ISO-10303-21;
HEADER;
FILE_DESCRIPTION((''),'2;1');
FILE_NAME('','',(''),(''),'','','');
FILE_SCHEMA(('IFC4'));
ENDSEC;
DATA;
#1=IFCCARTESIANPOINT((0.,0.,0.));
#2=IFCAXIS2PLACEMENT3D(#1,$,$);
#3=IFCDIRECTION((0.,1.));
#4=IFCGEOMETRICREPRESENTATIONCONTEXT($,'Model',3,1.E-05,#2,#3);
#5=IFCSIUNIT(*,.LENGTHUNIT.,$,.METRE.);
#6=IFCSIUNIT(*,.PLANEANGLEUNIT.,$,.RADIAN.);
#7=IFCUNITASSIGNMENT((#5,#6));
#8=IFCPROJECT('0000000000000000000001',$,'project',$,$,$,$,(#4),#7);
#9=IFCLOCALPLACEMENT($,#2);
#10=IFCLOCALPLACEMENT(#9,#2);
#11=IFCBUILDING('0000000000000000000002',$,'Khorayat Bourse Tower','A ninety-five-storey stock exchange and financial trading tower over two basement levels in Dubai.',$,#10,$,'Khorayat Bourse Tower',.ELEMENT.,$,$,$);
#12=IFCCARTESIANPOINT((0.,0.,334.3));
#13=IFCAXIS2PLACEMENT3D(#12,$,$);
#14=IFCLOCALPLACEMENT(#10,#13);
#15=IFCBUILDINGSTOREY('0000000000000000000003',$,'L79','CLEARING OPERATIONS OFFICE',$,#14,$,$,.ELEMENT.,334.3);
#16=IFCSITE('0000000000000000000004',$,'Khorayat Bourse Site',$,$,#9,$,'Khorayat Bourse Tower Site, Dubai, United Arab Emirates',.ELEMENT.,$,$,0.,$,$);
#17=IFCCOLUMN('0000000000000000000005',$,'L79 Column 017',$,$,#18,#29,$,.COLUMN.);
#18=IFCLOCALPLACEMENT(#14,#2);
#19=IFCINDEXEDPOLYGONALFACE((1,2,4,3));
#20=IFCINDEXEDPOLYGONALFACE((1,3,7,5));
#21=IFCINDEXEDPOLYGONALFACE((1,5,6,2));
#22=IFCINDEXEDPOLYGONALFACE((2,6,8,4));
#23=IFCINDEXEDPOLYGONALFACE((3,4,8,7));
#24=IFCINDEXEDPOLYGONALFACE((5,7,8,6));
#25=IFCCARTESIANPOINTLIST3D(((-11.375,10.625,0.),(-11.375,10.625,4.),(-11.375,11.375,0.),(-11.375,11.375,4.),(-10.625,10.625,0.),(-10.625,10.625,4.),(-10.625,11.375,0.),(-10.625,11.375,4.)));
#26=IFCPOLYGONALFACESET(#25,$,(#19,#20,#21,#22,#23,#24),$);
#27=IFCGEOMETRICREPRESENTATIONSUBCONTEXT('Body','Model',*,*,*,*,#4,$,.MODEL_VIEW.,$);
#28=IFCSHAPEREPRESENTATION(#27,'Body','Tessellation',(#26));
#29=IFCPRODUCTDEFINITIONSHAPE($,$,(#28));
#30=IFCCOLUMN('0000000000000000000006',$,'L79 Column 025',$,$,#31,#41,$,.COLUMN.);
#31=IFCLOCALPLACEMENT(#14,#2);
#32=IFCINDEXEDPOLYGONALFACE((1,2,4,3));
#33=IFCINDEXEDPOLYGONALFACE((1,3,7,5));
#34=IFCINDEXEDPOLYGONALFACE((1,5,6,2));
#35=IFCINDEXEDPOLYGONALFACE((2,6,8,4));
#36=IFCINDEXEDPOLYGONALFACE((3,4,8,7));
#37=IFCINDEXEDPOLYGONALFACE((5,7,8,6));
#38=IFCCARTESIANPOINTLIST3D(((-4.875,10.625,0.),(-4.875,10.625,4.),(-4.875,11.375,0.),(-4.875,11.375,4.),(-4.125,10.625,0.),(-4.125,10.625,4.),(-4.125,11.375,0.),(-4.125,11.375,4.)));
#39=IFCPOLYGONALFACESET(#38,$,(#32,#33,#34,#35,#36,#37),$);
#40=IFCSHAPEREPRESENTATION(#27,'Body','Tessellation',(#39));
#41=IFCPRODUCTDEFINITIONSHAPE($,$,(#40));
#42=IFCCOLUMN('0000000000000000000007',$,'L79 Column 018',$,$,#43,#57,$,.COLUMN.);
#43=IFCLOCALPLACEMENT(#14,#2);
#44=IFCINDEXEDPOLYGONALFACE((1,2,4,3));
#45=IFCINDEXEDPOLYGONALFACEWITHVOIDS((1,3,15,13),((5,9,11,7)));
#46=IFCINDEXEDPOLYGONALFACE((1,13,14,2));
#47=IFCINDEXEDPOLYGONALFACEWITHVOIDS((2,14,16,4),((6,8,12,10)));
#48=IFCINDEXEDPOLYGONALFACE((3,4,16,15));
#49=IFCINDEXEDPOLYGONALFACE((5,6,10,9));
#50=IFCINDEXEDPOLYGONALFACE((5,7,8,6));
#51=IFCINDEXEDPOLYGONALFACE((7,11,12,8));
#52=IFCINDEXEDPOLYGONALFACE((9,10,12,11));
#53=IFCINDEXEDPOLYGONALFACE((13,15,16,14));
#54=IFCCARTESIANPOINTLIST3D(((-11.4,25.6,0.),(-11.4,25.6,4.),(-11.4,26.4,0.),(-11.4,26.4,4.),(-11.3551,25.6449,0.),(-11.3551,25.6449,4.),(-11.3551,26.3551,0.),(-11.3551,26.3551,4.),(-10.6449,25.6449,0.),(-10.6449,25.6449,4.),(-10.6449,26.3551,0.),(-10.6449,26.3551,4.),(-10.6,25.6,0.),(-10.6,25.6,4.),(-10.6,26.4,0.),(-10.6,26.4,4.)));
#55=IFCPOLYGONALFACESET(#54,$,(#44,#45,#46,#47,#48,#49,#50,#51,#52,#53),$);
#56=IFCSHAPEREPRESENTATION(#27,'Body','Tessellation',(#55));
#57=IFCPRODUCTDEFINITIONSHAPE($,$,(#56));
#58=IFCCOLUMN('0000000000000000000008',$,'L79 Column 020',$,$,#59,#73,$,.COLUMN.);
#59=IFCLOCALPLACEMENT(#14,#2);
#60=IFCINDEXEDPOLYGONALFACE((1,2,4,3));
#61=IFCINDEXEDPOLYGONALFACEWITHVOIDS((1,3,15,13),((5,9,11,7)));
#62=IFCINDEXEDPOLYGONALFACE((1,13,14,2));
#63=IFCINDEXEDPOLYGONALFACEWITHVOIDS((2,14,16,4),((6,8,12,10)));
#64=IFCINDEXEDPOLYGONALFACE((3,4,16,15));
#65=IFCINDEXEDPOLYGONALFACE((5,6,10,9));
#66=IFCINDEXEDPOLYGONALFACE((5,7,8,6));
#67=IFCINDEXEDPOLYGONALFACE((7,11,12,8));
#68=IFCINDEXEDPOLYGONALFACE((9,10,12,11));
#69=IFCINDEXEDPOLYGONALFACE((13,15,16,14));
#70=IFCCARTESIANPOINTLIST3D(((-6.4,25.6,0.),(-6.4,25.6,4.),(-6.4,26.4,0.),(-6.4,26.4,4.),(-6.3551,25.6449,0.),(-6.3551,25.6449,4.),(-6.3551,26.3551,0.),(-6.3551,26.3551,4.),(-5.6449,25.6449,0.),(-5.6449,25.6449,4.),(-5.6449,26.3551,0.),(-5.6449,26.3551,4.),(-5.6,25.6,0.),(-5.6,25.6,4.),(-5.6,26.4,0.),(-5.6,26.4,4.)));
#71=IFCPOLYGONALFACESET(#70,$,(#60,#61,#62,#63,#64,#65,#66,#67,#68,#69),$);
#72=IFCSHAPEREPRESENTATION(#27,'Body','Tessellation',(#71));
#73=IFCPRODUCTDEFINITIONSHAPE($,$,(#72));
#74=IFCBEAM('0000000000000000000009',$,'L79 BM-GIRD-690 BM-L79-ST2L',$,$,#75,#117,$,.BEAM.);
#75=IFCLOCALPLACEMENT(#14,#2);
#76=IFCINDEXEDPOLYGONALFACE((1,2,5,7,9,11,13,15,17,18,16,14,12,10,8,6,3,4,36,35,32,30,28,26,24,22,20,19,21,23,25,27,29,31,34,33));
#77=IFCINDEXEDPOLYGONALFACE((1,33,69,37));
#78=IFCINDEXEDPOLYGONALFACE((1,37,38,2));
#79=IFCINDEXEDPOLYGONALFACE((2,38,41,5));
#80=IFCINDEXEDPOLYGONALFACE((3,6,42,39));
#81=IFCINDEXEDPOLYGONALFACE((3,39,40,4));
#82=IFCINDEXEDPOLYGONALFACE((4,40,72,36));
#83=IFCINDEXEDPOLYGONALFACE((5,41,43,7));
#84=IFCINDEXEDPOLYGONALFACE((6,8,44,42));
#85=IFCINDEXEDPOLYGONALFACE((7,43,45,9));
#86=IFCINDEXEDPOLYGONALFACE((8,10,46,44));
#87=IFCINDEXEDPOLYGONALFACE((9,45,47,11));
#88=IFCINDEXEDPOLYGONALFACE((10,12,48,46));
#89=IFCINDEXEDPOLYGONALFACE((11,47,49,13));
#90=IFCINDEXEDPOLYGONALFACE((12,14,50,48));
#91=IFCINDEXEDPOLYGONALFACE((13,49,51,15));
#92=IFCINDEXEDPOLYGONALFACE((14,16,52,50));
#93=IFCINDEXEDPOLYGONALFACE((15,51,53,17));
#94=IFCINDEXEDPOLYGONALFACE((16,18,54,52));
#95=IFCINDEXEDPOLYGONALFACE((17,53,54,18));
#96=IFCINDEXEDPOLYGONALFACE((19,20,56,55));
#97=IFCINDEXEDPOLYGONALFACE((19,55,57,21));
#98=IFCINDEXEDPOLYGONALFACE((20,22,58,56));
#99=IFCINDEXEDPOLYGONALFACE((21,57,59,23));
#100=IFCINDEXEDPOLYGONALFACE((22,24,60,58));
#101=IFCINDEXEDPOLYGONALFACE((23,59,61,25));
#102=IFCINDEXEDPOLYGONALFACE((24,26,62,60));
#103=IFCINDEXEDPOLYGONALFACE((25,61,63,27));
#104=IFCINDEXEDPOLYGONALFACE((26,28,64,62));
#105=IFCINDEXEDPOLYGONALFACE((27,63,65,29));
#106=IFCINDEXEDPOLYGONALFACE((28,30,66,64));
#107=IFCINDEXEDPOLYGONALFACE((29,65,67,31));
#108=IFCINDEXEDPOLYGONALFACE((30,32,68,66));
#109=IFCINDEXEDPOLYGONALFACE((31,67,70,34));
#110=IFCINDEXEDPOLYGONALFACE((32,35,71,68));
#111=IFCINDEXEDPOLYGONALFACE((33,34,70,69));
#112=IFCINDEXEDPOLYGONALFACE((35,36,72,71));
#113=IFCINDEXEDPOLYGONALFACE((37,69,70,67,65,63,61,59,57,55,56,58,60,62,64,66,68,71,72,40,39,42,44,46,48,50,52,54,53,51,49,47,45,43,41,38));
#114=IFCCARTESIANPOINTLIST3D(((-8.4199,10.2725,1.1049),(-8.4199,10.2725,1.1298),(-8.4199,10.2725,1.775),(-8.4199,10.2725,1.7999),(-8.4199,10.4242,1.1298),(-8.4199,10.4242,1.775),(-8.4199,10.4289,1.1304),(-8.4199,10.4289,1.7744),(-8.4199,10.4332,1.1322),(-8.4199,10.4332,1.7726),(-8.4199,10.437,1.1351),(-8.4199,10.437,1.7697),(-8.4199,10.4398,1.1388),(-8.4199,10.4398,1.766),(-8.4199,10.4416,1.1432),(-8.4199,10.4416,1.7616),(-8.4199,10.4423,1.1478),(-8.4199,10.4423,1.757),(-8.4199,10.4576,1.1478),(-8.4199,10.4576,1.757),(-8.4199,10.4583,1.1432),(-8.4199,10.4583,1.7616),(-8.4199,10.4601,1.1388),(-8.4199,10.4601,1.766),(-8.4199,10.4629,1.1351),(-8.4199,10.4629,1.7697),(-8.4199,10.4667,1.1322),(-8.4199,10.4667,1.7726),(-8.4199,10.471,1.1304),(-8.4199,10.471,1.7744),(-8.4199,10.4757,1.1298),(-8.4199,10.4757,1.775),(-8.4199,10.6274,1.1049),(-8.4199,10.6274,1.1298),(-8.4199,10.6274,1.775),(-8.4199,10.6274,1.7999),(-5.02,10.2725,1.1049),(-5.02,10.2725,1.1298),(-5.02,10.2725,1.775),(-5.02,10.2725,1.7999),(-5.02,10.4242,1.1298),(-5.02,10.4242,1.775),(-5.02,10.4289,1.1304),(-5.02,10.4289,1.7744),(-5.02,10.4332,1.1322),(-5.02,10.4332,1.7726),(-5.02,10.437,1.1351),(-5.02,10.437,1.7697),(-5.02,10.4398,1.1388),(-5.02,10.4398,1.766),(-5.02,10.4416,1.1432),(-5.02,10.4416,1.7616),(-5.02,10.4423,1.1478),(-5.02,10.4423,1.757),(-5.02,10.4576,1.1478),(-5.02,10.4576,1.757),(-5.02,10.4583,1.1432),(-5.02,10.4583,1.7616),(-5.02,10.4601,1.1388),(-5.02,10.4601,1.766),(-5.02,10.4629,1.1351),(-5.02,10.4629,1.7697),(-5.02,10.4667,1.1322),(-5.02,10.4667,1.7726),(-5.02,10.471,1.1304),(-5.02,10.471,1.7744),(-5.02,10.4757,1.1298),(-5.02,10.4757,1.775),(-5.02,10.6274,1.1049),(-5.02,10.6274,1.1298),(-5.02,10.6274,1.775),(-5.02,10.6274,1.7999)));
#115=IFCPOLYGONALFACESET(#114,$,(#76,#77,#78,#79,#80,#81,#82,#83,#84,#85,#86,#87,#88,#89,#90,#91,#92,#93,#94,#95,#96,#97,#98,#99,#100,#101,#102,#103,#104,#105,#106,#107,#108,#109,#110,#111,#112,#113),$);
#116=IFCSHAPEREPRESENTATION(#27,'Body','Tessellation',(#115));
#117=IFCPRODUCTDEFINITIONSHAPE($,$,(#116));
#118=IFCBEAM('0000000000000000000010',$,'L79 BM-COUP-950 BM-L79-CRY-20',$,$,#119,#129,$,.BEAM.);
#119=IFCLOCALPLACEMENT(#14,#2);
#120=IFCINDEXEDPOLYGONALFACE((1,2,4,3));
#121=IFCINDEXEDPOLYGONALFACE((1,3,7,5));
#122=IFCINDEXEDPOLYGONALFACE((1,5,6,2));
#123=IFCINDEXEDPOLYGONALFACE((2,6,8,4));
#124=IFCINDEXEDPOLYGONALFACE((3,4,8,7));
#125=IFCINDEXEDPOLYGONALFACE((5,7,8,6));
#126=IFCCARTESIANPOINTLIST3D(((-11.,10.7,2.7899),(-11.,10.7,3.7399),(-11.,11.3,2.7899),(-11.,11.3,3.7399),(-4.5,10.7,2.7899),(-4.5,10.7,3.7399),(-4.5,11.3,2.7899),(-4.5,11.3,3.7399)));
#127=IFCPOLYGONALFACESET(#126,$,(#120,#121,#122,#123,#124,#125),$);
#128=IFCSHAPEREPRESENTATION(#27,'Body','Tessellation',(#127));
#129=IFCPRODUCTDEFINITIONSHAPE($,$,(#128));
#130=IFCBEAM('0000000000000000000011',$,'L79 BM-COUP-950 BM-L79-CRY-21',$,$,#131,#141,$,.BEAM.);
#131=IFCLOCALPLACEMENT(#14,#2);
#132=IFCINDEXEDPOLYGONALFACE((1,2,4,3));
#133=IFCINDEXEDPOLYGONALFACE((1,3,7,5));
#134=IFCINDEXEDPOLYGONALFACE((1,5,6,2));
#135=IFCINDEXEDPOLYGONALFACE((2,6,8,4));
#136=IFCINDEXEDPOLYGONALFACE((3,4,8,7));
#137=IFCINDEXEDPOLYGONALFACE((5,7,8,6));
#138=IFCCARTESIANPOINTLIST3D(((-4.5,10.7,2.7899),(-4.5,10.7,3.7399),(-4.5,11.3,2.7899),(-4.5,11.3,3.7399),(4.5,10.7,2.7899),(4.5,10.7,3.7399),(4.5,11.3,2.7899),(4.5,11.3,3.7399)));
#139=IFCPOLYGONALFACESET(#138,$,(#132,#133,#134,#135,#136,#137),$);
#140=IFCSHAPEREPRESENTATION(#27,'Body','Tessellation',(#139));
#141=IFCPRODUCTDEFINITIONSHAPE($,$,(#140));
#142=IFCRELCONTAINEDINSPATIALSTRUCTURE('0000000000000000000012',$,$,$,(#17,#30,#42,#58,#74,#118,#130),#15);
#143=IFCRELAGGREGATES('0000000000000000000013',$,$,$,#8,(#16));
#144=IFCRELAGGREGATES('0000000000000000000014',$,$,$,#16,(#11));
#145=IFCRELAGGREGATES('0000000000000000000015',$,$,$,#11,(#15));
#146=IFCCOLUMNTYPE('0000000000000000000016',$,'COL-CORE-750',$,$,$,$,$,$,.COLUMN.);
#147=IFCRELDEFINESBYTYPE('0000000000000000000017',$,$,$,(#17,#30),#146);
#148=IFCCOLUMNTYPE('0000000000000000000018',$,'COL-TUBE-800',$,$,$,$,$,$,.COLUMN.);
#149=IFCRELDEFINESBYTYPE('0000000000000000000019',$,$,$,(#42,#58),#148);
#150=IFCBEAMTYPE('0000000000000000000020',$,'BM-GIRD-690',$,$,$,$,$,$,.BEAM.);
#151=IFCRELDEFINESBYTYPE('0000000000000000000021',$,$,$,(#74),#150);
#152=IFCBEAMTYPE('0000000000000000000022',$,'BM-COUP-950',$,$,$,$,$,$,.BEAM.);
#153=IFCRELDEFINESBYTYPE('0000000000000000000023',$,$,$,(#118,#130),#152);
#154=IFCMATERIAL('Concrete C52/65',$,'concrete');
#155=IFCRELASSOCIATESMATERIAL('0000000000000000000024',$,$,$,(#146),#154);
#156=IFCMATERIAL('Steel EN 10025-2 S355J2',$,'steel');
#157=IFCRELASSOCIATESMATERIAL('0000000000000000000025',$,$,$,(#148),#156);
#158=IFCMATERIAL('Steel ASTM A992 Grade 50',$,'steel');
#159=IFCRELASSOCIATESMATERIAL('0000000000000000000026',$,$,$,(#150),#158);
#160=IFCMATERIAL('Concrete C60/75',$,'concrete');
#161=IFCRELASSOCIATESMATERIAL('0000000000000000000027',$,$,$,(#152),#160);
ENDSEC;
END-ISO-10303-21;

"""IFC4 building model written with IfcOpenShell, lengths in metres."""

from ifc_helpers import new_model, si_unit, direction, frame, origin, origin_2d, place, context, subcontext, project, spatial, rectangle, hollow_rectangle, i_section, extrude, source, transform, mapped, material, material_profile, profile_set, type_object, element, save


model = new_model("IFC4")

# Units and contexts
model_context = context("Model", 3, precision=1e-05, world=origin(), true_north=direction((0.0, 1.0)))
body_context = subcontext(model_context, "Body", "Model", "MODEL_VIEW")
ifc_project = project(units=[si_unit("LENGTHUNIT", "METRE"), si_unit("PLANEANGLEUNIT", "RADIAN")], contexts=[model_context])

# Site, building, storey
site_placement = place(None, origin())
site = spatial("IfcSite", under=ifc_project, at=site_placement, Name="Khorayat Bourse Site", LongName="Khorayat Bourse Tower Site, Dubai, United Arab Emirates", CompositionType="ELEMENT", RefElevation=0.0)
building_placement = place(site_placement, origin())
building = spatial("IfcBuilding", under=site, at=building_placement, Name="Khorayat Bourse Tower", Description="A ninety-five-storey stock exchange and financial trading tower over two basement levels in Dubai.", LongName="Khorayat Bourse Tower", CompositionType="ELEMENT")
storey_placement = place(building_placement, frame((0.0, 0.0, 334.3)))
storey = spatial("IfcBuildingStorey", under=building, at=storey_placement, Name="L79", Description="CLEARING OPERATIONS OFFICE", CompositionType="ELEMENT", Elevation=334.3)

# Columns
ifc_material_1 = material(Name="Concrete C52/65", Category="concrete")
ifc_material_profile_1 = material_profile(ifc_material_1, rectangle(XDim=0.75, YDim=0.75, at=origin_2d()), Name="RC 750x750")
ifc_profile_set_1 = profile_set([ifc_material_profile_1], Name="Concrete C52/65")
column_type_1 = type_object("IfcColumnType", Name="COL-CORE-750", PredefinedType="COLUMN", material=ifc_profile_set_1)
shared_shape_1 = source(origin(), body_context, "Body", "SweptSolid", [
    extrude(rectangle(XDim=0.75, YDim=0.75, at=origin_2d()), origin(), (0.0, 0.0, 1.0), 4.0),
])
for number, where, z_axis, x_axis, name in (
    (1, (-11.0, 11.0, 0.0), (0.0, 0.0, 1.0), (1.0, 0.0, 0.0), "L79 Column 017"),
    (2, (-4.5, 11.0, 0.0), (0.0, 0.0, 1.0), (1.0, 0.0, 0.0), "L79 Column 025"),
):
    element("IfcColumn", number, at=place(storey_placement, frame(where, z_axis=z_axis, x_axis=x_axis)), inside=storey, type_object=column_type_1, Name=name, PredefinedType="COLUMN", context=body_context, shape_type="MappedRepresentation", body=[
        mapped(shared_shape_1, transform((0.0, 0.0, 0.0), scale=1.0)),
    ])
ifc_material_2 = material(Name="Steel EN 10025-2 S355J2", Category="steel")
ifc_material_profile_2 = material_profile(ifc_material_2, hollow_rectangle(XDim=0.8, YDim=0.8, WallThickness=0.0449, at=origin_2d()), Name="BOX 800x800x45")
ifc_profile_set_2 = profile_set([ifc_material_profile_2], Name="Steel EN 10025-2 S355J2")
column_type_2 = type_object("IfcColumnType", Name="COL-TUBE-800", PredefinedType="COLUMN", material=ifc_profile_set_2)
shared_shape_2 = source(origin(), body_context, "Body", "SweptSolid", [
    extrude(hollow_rectangle(XDim=0.8, YDim=0.8, WallThickness=0.0449, at=origin_2d()), origin(), (0.0, 0.0, 1.0), 4.0),
])
for number, where, z_axis, x_axis, name in (
    (3, (-11.0, 26.0, 0.0), (0.0, 0.0, 1.0), (1.0, 0.0, 0.0), "L79 Column 018"),
    (4, (-6.0, 26.0, 0.0), (0.0, 0.0, 1.0), (1.0, 0.0, 0.0), "L79 Column 020"),
):
    element("IfcColumn", number, at=place(storey_placement, frame(where, z_axis=z_axis, x_axis=x_axis)), inside=storey, type_object=column_type_2, Name=name, PredefinedType="COLUMN", context=body_context, shape_type="MappedRepresentation", body=[
        mapped(shared_shape_2, transform((0.0, 0.0, 0.0), scale=1.0)),
    ])

# Beams
ifc_material_3 = material(Name="Steel ASTM A992 Grade 50", Category="steel")
ifc_material_profile_3 = material_profile(ifc_material_3, i_section(OverallWidth=0.355, OverallDepth=0.6951, WebThickness=0.0154, FlangeThickness=0.0249, FilletRadius=0.0181, at=origin_2d()), Name="W690X217")
ifc_profile_set_3 = profile_set([ifc_material_profile_3], Name="Steel ASTM A992 Grade 50")
beam_type_1 = type_object("IfcBeamType", Name="BM-GIRD-690", PredefinedType="BEAM", material=ifc_profile_set_3)
shared_shape_3 = source(origin(), body_context, "Body", "SweptSolid", [
    extrude(i_section(OverallWidth=0.355, OverallDepth=0.6951, WebThickness=0.0154, FlangeThickness=0.0249, FilletRadius=0.0181, at=origin_2d()), origin(), (0.0, 0.0, 1.0), 3.3999),
])
beam_1_placement = place(storey_placement, frame((-8.4199, 10.45, 1.4524), z_axis=(1.0, 0.0, 0.0), x_axis=(0.0, 1.0, 0.0)))
element("IfcBeam", 5, at=beam_1_placement, inside=storey, type_object=beam_type_1, Name="L79 BM-GIRD-690 BM-L79-ST2L", PredefinedType="BEAM", context=body_context, shape_type="MappedRepresentation", body=[
    mapped(shared_shape_3, transform((0.0, 0.0, 0.0), scale=1.0)),
])
ifc_material_4 = material(Name="Concrete C60/75", Category="concrete")
ifc_material_profile_4 = material_profile(ifc_material_4, rectangle(XDim=0.6001, YDim=0.95, at=origin_2d()), Name="RC 600x950")
ifc_profile_set_4 = profile_set([ifc_material_profile_4], Name="Concrete C60/75")
beam_type_2 = type_object("IfcBeamType", Name="BM-COUP-950", PredefinedType="BEAM", material=ifc_profile_set_4)
shared_shape_4 = source(origin(), body_context, "Body", "SweptSolid", [
    extrude(rectangle(XDim=0.6001, YDim=0.95, at=origin_2d()), origin(), (0.0, 0.0, 1.0), 6.5),
])
beam_2_placement = place(storey_placement, frame((-11.0, 11.0, 3.2649), z_axis=(1.0, 0.0, 0.0), x_axis=(0.0, 1.0, 0.0)))
element("IfcBeam", 6, at=beam_2_placement, inside=storey, type_object=beam_type_2, Name="L79 BM-COUP-950 BM-L79-CRY-20", PredefinedType="BEAM", context=body_context, shape_type="MappedRepresentation", body=[
    mapped(shared_shape_4, transform((0.0, 0.0, 0.0), scale=1.0)),
])
shared_shape_5 = source(origin(), body_context, "Body", "SweptSolid", [
    extrude(rectangle(XDim=0.6001, YDim=0.95, at=origin_2d()), origin(), (0.0, 0.0, 1.0), 9.0),
])
beam_3_placement = place(storey_placement, frame((-4.5, 11.0, 3.2649), z_axis=(1.0, 0.0, 0.0), x_axis=(0.0, 1.0, 0.0)))
element("IfcBeam", 7, at=beam_3_placement, inside=storey, type_object=beam_type_2, Name="L79 BM-COUP-950 BM-L79-CRY-21", PredefinedType="BEAM", context=body_context, shape_type="MappedRepresentation", body=[
    mapped(shared_shape_5, transform((0.0, 0.0, 0.0), scale=1.0)),
])

save(model, "model.ifc")
